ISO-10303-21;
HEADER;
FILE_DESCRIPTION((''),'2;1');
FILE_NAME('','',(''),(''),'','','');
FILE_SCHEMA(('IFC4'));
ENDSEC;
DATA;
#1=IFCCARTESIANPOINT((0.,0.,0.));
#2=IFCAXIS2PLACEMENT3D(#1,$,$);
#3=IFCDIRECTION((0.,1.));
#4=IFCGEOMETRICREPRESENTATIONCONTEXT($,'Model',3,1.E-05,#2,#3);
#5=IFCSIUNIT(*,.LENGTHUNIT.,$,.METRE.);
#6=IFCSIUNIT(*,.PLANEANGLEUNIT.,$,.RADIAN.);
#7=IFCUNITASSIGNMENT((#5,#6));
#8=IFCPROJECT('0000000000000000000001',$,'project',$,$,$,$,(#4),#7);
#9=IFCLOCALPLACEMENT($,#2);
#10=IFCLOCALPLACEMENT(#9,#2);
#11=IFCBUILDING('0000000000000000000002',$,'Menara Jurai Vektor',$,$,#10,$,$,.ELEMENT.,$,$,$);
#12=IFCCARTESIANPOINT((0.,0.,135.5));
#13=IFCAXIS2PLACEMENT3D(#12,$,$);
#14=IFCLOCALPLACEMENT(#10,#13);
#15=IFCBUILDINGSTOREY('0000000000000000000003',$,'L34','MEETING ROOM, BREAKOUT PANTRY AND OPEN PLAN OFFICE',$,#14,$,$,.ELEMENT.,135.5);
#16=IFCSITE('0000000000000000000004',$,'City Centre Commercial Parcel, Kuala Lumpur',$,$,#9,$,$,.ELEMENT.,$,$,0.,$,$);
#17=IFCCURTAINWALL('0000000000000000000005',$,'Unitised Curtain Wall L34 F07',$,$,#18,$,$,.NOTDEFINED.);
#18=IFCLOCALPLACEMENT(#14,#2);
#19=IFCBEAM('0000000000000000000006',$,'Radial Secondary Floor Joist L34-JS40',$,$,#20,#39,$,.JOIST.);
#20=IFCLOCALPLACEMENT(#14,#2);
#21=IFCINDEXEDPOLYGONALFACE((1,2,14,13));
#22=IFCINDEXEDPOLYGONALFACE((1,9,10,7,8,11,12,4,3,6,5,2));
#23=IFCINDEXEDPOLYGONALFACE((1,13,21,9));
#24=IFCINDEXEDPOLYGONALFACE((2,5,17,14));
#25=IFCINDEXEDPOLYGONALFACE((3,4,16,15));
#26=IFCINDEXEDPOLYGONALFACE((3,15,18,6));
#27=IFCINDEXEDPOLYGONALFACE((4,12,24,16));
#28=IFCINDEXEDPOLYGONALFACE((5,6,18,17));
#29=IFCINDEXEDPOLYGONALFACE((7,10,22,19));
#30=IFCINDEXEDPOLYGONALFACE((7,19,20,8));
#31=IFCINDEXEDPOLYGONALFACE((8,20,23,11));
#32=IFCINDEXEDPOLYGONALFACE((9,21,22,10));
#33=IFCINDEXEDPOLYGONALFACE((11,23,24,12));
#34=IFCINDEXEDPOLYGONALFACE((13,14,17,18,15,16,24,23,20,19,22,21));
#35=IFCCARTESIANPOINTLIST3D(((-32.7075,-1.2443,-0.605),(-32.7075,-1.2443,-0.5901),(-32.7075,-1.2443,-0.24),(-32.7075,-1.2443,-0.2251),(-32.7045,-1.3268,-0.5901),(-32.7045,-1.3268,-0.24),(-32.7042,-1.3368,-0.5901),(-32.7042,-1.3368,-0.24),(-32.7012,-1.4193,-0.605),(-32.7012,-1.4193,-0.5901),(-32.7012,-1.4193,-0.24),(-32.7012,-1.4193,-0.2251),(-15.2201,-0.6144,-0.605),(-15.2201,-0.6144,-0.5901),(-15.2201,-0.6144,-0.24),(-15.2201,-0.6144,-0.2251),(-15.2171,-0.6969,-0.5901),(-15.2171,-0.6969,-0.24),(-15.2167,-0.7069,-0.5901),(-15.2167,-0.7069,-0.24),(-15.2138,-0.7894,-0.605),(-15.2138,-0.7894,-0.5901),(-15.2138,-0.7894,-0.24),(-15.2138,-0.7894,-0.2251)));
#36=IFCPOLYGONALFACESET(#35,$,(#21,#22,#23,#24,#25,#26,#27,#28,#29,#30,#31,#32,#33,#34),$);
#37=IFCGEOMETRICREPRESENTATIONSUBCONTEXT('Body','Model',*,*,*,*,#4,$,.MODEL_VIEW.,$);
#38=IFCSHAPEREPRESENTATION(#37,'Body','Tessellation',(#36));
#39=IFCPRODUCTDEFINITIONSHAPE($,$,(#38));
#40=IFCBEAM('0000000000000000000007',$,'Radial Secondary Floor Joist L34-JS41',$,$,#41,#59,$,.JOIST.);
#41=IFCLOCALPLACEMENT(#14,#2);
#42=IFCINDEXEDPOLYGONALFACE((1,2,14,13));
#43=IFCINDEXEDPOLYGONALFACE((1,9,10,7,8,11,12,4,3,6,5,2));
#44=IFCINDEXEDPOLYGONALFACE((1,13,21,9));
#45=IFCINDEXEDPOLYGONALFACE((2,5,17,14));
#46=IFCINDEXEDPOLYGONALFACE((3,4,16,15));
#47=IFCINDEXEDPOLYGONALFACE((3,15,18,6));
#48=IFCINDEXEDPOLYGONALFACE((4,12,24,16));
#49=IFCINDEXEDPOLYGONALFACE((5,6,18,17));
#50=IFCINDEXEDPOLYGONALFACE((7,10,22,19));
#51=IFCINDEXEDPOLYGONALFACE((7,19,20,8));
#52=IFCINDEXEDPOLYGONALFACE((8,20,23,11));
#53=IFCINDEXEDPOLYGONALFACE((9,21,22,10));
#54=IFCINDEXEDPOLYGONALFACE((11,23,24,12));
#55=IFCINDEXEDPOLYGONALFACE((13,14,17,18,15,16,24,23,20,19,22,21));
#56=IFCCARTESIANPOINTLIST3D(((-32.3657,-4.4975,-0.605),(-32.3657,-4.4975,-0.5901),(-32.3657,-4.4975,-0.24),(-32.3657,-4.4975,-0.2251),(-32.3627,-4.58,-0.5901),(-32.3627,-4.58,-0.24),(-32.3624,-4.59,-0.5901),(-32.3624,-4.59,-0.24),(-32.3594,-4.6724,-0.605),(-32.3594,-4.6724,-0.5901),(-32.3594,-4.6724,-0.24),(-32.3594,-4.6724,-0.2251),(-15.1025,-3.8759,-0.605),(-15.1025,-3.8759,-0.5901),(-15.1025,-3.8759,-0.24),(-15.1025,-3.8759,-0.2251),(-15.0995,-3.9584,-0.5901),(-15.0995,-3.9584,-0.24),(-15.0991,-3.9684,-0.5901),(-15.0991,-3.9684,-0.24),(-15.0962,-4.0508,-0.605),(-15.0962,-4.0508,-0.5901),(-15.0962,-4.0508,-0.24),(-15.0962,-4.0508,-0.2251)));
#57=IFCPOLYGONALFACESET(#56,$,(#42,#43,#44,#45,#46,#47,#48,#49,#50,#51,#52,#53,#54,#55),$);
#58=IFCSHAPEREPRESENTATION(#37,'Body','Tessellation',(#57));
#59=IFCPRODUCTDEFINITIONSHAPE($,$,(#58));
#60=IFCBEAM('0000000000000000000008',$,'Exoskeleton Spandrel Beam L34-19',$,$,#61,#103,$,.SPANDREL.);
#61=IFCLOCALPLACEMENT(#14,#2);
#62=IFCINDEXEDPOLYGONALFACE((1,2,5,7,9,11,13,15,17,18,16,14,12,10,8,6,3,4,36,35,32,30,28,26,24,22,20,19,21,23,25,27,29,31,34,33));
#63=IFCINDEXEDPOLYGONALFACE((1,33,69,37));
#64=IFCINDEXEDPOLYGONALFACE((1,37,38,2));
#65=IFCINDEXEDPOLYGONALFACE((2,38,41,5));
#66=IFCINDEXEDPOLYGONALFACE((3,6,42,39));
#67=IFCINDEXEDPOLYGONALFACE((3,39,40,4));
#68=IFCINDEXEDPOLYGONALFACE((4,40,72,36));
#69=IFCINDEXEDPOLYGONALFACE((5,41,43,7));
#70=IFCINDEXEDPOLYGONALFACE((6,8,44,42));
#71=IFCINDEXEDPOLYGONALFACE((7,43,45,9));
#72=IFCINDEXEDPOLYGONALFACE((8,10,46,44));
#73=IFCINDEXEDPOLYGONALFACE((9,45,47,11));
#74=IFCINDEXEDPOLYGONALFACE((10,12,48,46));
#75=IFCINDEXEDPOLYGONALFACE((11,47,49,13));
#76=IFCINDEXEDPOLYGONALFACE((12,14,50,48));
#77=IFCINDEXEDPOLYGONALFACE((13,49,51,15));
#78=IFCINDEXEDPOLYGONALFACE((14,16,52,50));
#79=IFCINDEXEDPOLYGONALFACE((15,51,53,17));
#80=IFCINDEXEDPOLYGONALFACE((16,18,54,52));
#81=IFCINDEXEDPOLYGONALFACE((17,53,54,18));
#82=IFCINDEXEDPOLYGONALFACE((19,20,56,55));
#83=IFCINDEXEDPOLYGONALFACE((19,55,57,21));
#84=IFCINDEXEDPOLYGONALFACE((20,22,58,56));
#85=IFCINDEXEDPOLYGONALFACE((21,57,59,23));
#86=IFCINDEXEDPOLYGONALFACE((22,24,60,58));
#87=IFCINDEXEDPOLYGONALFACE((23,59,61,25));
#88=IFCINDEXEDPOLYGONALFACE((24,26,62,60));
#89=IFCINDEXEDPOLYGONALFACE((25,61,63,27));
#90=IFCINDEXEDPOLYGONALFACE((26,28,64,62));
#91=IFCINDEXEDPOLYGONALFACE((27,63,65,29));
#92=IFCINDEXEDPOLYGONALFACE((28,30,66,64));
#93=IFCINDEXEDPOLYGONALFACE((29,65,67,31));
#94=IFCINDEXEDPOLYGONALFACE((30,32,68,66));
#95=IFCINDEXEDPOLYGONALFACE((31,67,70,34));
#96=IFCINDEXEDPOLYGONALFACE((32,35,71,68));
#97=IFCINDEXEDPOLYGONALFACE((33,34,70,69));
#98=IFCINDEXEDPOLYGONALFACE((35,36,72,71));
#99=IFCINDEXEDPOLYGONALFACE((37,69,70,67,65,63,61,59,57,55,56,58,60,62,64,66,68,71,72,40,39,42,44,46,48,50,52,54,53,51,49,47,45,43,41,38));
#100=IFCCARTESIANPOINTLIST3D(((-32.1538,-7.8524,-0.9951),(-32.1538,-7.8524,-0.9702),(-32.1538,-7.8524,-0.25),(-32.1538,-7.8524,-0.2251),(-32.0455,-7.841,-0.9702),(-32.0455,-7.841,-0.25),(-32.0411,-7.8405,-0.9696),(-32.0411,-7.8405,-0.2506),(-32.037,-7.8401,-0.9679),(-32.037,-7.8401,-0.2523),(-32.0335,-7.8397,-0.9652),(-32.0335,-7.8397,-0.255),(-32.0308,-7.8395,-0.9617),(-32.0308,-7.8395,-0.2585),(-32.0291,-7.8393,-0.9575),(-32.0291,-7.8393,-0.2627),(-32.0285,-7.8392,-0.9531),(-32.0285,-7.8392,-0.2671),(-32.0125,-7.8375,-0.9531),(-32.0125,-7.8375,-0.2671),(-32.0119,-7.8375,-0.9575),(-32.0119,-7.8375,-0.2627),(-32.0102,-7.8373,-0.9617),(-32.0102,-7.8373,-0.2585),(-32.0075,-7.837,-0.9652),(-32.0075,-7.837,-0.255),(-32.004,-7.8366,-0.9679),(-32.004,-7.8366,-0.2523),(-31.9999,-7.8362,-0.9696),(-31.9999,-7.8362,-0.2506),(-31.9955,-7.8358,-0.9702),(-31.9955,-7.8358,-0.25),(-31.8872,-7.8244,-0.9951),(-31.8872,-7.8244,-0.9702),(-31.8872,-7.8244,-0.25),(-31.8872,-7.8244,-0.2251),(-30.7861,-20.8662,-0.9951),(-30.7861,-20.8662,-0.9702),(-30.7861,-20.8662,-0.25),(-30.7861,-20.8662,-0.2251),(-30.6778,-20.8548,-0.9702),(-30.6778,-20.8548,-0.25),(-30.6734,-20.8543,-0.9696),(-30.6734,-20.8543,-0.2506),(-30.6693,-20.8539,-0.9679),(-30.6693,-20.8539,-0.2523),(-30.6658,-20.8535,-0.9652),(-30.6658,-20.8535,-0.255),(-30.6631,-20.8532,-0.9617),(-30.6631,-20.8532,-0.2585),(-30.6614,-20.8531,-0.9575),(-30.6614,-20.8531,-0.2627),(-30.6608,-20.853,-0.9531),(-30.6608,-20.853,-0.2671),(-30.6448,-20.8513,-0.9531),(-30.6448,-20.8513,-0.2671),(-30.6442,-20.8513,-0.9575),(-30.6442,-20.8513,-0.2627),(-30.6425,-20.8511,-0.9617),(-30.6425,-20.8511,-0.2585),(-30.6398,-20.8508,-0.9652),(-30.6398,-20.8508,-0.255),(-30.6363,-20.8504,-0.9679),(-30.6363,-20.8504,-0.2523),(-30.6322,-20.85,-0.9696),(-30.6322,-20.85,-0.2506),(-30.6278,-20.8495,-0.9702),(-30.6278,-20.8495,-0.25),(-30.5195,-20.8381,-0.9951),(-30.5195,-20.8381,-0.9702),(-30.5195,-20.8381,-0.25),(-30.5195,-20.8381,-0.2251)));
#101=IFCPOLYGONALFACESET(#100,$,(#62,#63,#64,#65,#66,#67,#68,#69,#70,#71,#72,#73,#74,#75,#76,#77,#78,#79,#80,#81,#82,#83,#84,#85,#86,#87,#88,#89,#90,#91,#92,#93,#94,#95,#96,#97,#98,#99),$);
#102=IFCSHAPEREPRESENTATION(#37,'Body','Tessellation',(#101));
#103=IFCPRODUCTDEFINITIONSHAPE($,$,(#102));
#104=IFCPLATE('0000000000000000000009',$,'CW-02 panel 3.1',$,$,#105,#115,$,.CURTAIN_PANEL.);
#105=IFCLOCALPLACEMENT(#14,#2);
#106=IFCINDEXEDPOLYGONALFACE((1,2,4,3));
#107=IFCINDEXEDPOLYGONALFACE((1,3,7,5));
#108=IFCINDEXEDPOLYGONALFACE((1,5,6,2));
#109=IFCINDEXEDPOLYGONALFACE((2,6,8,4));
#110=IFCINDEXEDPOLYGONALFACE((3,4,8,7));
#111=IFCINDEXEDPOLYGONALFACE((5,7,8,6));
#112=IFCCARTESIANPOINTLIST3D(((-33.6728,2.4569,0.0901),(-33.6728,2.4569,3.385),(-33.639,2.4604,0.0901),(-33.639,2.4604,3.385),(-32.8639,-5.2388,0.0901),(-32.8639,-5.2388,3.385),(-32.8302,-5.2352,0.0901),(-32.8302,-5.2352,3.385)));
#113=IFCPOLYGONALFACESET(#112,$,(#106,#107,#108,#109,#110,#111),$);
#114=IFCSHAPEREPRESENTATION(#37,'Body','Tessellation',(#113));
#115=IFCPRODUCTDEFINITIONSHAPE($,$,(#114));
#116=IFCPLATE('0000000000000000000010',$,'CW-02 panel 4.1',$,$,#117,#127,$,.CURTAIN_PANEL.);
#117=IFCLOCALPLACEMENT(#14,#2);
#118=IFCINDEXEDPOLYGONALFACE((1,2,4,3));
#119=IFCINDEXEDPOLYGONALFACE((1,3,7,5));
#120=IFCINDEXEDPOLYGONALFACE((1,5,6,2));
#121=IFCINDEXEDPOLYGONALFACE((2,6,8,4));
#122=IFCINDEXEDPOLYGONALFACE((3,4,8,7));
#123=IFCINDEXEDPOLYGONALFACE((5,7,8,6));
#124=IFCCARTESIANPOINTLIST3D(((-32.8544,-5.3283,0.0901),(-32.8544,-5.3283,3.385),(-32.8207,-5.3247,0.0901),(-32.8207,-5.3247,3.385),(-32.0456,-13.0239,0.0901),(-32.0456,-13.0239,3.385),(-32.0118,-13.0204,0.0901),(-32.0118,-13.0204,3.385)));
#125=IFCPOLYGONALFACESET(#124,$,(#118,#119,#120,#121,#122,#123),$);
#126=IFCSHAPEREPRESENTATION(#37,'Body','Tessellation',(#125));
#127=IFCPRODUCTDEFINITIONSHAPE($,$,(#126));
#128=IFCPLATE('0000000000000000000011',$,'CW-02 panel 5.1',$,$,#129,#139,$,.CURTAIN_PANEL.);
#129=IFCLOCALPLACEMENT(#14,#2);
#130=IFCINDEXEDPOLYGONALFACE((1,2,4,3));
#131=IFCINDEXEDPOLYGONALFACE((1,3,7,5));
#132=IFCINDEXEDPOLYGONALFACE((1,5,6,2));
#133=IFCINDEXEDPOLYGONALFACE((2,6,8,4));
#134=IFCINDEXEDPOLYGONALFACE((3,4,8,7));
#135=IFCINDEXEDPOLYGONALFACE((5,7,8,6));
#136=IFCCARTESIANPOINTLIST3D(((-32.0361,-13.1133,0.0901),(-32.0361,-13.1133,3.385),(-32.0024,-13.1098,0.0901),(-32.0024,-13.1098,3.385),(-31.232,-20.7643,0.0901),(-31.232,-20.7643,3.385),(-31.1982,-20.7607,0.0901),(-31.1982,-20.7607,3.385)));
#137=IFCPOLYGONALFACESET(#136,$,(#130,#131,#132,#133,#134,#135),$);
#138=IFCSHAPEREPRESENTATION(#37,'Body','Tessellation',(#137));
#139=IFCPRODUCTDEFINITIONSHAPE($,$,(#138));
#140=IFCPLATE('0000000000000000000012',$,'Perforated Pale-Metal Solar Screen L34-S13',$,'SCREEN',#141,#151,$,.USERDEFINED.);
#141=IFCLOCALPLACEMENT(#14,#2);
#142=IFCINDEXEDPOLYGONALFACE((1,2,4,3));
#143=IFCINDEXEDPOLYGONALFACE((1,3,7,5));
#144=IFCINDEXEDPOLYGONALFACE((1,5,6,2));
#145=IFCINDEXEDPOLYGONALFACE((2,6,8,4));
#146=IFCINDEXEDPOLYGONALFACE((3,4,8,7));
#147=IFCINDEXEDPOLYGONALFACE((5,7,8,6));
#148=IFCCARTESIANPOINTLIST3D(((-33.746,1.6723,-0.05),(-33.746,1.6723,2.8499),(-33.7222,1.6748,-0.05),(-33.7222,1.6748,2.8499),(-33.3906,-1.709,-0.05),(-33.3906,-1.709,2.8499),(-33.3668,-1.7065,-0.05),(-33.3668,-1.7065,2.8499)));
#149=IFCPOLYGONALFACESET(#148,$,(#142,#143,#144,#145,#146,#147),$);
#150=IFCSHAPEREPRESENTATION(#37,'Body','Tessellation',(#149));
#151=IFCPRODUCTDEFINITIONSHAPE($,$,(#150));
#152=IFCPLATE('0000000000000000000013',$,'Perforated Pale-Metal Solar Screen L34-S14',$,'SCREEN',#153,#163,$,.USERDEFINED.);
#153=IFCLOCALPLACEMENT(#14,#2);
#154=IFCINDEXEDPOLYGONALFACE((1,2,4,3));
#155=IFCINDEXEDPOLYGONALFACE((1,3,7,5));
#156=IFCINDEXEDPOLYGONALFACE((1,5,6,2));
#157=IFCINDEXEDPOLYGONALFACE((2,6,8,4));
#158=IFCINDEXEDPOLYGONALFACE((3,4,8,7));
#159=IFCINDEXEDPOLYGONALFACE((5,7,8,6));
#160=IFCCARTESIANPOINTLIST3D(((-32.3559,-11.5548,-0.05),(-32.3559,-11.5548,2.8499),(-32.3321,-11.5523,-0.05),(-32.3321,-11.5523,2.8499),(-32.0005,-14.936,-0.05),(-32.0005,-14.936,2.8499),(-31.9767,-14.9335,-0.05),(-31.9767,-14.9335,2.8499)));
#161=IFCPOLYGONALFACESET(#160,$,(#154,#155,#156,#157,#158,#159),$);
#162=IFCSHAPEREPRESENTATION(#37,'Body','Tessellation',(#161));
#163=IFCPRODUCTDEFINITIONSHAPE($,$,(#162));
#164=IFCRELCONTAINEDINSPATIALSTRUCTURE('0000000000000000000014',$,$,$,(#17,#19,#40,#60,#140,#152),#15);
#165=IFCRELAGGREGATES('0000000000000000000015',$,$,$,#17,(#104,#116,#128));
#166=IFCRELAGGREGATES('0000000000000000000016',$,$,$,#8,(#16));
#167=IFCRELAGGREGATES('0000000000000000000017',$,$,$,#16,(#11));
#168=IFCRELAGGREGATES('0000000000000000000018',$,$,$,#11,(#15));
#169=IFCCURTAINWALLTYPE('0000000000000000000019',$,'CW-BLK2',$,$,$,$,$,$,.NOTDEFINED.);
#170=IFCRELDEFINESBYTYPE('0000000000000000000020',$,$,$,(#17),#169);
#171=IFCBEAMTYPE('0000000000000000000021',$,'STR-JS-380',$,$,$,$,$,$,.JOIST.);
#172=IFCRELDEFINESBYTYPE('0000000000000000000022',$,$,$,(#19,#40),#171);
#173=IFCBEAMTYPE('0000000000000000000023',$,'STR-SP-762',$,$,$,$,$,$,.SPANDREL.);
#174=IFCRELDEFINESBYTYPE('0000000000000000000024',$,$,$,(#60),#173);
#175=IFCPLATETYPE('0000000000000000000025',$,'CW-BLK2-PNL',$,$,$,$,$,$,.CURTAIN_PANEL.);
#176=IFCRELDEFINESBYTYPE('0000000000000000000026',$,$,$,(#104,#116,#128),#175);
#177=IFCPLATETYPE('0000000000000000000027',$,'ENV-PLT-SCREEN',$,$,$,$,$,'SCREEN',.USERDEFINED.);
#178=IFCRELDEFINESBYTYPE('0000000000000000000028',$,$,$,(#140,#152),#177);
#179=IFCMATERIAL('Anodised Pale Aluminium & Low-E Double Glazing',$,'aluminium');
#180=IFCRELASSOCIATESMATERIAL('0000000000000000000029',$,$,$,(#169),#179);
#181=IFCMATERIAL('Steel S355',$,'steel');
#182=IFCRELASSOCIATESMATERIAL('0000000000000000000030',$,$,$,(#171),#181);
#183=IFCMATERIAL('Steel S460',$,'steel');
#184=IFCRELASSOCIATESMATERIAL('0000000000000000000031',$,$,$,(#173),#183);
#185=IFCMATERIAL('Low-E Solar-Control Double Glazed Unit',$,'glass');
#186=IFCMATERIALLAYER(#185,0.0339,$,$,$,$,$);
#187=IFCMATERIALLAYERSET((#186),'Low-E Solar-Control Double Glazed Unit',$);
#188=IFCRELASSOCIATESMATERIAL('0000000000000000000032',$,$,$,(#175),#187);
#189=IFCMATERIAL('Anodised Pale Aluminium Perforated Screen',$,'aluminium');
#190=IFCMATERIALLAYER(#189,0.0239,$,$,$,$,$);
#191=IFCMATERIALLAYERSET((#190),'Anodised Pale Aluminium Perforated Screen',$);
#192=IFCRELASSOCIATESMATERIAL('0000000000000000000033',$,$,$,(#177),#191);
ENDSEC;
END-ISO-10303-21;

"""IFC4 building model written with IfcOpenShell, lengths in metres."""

from ifc_helpers import new_model, si_unit, direction, frame, origin, origin_2d, place, context, subcontext, project, spatial, rectangle, i_section, extrude, material, layer, layer_set, material_profile, profile_set, type_object, element, aggregate, save


model = new_model("IFC4")

# Units and contexts
model_context = context("Model", 3, precision=1e-05, world=origin(), true_north=direction((0.0, 1.0)))
body_context = subcontext(model_context, "Body", "Model", "MODEL_VIEW")
ifc_project = project(units=[si_unit("LENGTHUNIT", "METRE"), si_unit("PLANEANGLEUNIT", "RADIAN")], contexts=[model_context])

# Site, building, storey
site_placement = place(None, origin())
site = spatial("IfcSite", under=ifc_project, at=site_placement, Name="City Centre Commercial Parcel, Kuala Lumpur", CompositionType="ELEMENT", RefElevation=0.0)
building_placement = place(site_placement, origin())
building = spatial("IfcBuilding", under=site, at=building_placement, Name="Menara Jurai Vektor", CompositionType="ELEMENT")
storey_placement = place(building_placement, frame((0.0, 0.0, 135.5)))
storey = spatial("IfcBuildingStorey", under=building, at=storey_placement, Name="L34", Description="MEETING ROOM, BREAKOUT PANTRY AND OPEN PLAN OFFICE", CompositionType="ELEMENT", Elevation=135.5)

# Shared definitions
ifc_material_1 = material(Name="Steel S460", Category="steel")

# Curtain wall
ifc_material_2 = material(Name="Anodised Pale Aluminium & Low-E Double Glazing", Category="aluminium")
curtain_wall_type = type_object("IfcCurtainWallType", Name="CW-BLK2", PredefinedType="NOTDEFINED", material=ifc_material_2)
curtain_wall_placement = place(storey_placement, origin())
curtain_wall = element("IfcCurtainWall", 1, at=curtain_wall_placement, inside=storey, type_object=curtain_wall_type, Name="Unitised Curtain Wall L34 F07", PredefinedType="NOTDEFINED")

# Beams
ifc_material_3 = material(Name="Steel S355", Category="steel")
ifc_material_profile_1 = material_profile(ifc_material_3, i_section(OverallWidth=0.175, OverallDepth=0.3799, WebThickness=0.01, FlangeThickness=0.0149, at=origin_2d()), Name="PG 380x175x58")
ifc_profile_set_1 = profile_set([ifc_material_profile_1], Name="Steel S355")
beam_type_1 = type_object("IfcBeamType", Name="STR-JS-380", PredefinedType="JOIST", material=ifc_profile_set_1)
beam_1_placement = place(storey_placement, frame((-32.7043, -1.3318, -0.415), z_axis=(0.999352, 0.035996, 0.0), x_axis=(-0.035996, 0.999352, 0.0)))
element("IfcBeam", 2, at=beam_1_placement, inside=storey, type_object=beam_type_1, Name="Radial Secondary Floor Joist L34-JS40", PredefinedType="JOIST", context=body_context, shape_type="SweptSolid", body=[
    extrude(i_section(OverallWidth=0.175, OverallDepth=0.3799, WebThickness=0.01, FlangeThickness=0.0149, at=origin_2d()), origin(), (0.0, 0.0, 1.0), 17.4988),
])
beam_2_placement = place(storey_placement, frame((-32.3625, -4.585, -0.415), z_axis=(0.999352, 0.035983, 0.0), x_axis=(-0.035983, 0.999352, 0.0)))
element("IfcBeam", 3, at=beam_2_placement, inside=storey, type_object=beam_type_1, Name="Radial Secondary Floor Joist L34-JS41", PredefinedType="JOIST", context=body_context, shape_type="SweptSolid", body=[
    extrude(i_section(OverallWidth=0.175, OverallDepth=0.3799, WebThickness=0.01, FlangeThickness=0.0149, at=origin_2d()), origin(), (0.0, 0.0, 1.0), 17.2744),
])
ifc_material_profile_2 = material_profile(ifc_material_1, i_section(OverallWidth=0.2681, OverallDepth=0.77, WebThickness=0.0161, FlangeThickness=0.0249, FilletRadius=0.0171, at=origin_2d()), Name="UKB 762x267x197")
ifc_profile_set_2 = profile_set([ifc_material_profile_2], Name="Steel S460")
beam_type_2 = type_object("IfcBeamType", Name="STR-SP-762", PredefinedType="SPANDREL", material=ifc_profile_set_2)
beam_3_placement = place(storey_placement, frame((-32.0205, -7.8384, -0.6101), z_axis=(0.10452, -0.994523, 0.0), x_axis=(0.994523, 0.10452, 0.0)))
element("IfcBeam", 4, at=beam_3_placement, inside=storey, type_object=beam_type_2, Name="Exoskeleton Spandrel Beam L34-19", PredefinedType="SPANDREL", context=body_context, shape_type="SweptSolid", body=[
    extrude(i_section(OverallWidth=0.2681, OverallDepth=0.77, WebThickness=0.0161, FlangeThickness=0.0249, FilletRadius=0.0171, at=origin_2d()), origin(), (0.0, 0.0, 1.0), 13.0854),
])

# Plates
ifc_material_4 = material(Name="Low-E Solar-Control Double Glazed Unit", Category="glass")
ifc_layer_1 = layer(ifc_material_4, 0.0339)
ifc_layer_set_1 = layer_set([ifc_layer_1], Name="Low-E Solar-Control Double Glazed Unit")
plate_type_1 = type_object("IfcPlateType", Name="CW-BLK2-PNL", PredefinedType="CURTAIN_PANEL", material=ifc_layer_set_1)
plate_1_placement = place(storey_placement, frame((-33.2515, -1.3892, 0.0901), z_axis=(0.0, 0.0, 1.0), x_axis=(0.10453, -0.994522, 0.0)))
plate_1 = element("IfcPlate", 5, at=plate_1_placement, type_object=plate_type_1, Name="CW-02 panel 3.1", PredefinedType="CURTAIN_PANEL", context=body_context, shape_type="SweptSolid", body=[
    extrude(rectangle(XDim=7.738, YDim=0.0339, at=origin_2d()), origin(), (0.0, 0.0, 1.0), 3.2949),
])
plate_2_placement = place(storey_placement, frame((-32.4331, -9.1743, 0.0901), z_axis=(0.0, 0.0, 1.0), x_axis=(0.10453, -0.994522, 0.0)))
plate_2 = element("IfcPlate", 6, at=plate_2_placement, type_object=plate_type_1, Name="CW-02 panel 4.1", PredefinedType="CURTAIN_PANEL", context=body_context, shape_type="SweptSolid", body=[
    extrude(rectangle(XDim=7.738, YDim=0.0339, at=origin_2d()), origin(), (0.0, 0.0, 1.0), 3.2949),
])
plate_3_placement = place(storey_placement, frame((-31.6172, -16.937, 0.0901), z_axis=(0.0, 0.0, 1.0), x_axis=(0.10453, -0.994522, 0.0)))
plate_3 = element("IfcPlate", 7, at=plate_3_placement, type_object=plate_type_1, Name="CW-02 panel 5.1", PredefinedType="CURTAIN_PANEL", context=body_context, shape_type="SweptSolid", body=[
    extrude(rectangle(XDim=7.6931, YDim=0.0339, at=origin_2d()), origin(), (0.0, 0.0, 1.0), 3.2949),
])
aggregate(curtain_wall, [plate_1, plate_2, plate_3])

# Plates
ifc_material_5 = material(Name="Anodised Pale Aluminium Perforated Screen", Category="aluminium")
ifc_layer_2 = layer(ifc_material_5, 0.0239)
ifc_layer_set_2 = layer_set([ifc_layer_2], Name="Anodised Pale Aluminium Perforated Screen")
plate_type_2 = type_object("IfcPlateType", Name="ENV-PLT-SCREEN", ElementType="SCREEN", PredefinedType="USERDEFINED", material=ifc_layer_set_2)
for number, where, z_axis, x_axis, name in (
    (8, (-33.5564, -0.0171, -0.05), (0.0, 0.0, 1.0), (0.104528, -0.994522, 0.0), "Perforated Pale-Metal Solar Screen L34-S13"),
    (9, (-32.1663, -13.2441, -0.05), (0.0, 0.0, 1.0), (0.104528, -0.994522, 0.0), "Perforated Pale-Metal Solar Screen L34-S14"),
):
    element("IfcPlate", number, at=place(storey_placement, frame(where, z_axis=z_axis, x_axis=x_axis)), inside=storey, type_object=plate_type_2, Name=name, ObjectType="SCREEN", PredefinedType="USERDEFINED", context=body_context, shape_type="SweptSolid", body=[
        extrude(rectangle(XDim=3.3999, YDim=0.0239, at=origin_2d()), origin(), (0.0, 0.0, 1.0), 2.8999),
    ])

save(model, "model.ifc")
